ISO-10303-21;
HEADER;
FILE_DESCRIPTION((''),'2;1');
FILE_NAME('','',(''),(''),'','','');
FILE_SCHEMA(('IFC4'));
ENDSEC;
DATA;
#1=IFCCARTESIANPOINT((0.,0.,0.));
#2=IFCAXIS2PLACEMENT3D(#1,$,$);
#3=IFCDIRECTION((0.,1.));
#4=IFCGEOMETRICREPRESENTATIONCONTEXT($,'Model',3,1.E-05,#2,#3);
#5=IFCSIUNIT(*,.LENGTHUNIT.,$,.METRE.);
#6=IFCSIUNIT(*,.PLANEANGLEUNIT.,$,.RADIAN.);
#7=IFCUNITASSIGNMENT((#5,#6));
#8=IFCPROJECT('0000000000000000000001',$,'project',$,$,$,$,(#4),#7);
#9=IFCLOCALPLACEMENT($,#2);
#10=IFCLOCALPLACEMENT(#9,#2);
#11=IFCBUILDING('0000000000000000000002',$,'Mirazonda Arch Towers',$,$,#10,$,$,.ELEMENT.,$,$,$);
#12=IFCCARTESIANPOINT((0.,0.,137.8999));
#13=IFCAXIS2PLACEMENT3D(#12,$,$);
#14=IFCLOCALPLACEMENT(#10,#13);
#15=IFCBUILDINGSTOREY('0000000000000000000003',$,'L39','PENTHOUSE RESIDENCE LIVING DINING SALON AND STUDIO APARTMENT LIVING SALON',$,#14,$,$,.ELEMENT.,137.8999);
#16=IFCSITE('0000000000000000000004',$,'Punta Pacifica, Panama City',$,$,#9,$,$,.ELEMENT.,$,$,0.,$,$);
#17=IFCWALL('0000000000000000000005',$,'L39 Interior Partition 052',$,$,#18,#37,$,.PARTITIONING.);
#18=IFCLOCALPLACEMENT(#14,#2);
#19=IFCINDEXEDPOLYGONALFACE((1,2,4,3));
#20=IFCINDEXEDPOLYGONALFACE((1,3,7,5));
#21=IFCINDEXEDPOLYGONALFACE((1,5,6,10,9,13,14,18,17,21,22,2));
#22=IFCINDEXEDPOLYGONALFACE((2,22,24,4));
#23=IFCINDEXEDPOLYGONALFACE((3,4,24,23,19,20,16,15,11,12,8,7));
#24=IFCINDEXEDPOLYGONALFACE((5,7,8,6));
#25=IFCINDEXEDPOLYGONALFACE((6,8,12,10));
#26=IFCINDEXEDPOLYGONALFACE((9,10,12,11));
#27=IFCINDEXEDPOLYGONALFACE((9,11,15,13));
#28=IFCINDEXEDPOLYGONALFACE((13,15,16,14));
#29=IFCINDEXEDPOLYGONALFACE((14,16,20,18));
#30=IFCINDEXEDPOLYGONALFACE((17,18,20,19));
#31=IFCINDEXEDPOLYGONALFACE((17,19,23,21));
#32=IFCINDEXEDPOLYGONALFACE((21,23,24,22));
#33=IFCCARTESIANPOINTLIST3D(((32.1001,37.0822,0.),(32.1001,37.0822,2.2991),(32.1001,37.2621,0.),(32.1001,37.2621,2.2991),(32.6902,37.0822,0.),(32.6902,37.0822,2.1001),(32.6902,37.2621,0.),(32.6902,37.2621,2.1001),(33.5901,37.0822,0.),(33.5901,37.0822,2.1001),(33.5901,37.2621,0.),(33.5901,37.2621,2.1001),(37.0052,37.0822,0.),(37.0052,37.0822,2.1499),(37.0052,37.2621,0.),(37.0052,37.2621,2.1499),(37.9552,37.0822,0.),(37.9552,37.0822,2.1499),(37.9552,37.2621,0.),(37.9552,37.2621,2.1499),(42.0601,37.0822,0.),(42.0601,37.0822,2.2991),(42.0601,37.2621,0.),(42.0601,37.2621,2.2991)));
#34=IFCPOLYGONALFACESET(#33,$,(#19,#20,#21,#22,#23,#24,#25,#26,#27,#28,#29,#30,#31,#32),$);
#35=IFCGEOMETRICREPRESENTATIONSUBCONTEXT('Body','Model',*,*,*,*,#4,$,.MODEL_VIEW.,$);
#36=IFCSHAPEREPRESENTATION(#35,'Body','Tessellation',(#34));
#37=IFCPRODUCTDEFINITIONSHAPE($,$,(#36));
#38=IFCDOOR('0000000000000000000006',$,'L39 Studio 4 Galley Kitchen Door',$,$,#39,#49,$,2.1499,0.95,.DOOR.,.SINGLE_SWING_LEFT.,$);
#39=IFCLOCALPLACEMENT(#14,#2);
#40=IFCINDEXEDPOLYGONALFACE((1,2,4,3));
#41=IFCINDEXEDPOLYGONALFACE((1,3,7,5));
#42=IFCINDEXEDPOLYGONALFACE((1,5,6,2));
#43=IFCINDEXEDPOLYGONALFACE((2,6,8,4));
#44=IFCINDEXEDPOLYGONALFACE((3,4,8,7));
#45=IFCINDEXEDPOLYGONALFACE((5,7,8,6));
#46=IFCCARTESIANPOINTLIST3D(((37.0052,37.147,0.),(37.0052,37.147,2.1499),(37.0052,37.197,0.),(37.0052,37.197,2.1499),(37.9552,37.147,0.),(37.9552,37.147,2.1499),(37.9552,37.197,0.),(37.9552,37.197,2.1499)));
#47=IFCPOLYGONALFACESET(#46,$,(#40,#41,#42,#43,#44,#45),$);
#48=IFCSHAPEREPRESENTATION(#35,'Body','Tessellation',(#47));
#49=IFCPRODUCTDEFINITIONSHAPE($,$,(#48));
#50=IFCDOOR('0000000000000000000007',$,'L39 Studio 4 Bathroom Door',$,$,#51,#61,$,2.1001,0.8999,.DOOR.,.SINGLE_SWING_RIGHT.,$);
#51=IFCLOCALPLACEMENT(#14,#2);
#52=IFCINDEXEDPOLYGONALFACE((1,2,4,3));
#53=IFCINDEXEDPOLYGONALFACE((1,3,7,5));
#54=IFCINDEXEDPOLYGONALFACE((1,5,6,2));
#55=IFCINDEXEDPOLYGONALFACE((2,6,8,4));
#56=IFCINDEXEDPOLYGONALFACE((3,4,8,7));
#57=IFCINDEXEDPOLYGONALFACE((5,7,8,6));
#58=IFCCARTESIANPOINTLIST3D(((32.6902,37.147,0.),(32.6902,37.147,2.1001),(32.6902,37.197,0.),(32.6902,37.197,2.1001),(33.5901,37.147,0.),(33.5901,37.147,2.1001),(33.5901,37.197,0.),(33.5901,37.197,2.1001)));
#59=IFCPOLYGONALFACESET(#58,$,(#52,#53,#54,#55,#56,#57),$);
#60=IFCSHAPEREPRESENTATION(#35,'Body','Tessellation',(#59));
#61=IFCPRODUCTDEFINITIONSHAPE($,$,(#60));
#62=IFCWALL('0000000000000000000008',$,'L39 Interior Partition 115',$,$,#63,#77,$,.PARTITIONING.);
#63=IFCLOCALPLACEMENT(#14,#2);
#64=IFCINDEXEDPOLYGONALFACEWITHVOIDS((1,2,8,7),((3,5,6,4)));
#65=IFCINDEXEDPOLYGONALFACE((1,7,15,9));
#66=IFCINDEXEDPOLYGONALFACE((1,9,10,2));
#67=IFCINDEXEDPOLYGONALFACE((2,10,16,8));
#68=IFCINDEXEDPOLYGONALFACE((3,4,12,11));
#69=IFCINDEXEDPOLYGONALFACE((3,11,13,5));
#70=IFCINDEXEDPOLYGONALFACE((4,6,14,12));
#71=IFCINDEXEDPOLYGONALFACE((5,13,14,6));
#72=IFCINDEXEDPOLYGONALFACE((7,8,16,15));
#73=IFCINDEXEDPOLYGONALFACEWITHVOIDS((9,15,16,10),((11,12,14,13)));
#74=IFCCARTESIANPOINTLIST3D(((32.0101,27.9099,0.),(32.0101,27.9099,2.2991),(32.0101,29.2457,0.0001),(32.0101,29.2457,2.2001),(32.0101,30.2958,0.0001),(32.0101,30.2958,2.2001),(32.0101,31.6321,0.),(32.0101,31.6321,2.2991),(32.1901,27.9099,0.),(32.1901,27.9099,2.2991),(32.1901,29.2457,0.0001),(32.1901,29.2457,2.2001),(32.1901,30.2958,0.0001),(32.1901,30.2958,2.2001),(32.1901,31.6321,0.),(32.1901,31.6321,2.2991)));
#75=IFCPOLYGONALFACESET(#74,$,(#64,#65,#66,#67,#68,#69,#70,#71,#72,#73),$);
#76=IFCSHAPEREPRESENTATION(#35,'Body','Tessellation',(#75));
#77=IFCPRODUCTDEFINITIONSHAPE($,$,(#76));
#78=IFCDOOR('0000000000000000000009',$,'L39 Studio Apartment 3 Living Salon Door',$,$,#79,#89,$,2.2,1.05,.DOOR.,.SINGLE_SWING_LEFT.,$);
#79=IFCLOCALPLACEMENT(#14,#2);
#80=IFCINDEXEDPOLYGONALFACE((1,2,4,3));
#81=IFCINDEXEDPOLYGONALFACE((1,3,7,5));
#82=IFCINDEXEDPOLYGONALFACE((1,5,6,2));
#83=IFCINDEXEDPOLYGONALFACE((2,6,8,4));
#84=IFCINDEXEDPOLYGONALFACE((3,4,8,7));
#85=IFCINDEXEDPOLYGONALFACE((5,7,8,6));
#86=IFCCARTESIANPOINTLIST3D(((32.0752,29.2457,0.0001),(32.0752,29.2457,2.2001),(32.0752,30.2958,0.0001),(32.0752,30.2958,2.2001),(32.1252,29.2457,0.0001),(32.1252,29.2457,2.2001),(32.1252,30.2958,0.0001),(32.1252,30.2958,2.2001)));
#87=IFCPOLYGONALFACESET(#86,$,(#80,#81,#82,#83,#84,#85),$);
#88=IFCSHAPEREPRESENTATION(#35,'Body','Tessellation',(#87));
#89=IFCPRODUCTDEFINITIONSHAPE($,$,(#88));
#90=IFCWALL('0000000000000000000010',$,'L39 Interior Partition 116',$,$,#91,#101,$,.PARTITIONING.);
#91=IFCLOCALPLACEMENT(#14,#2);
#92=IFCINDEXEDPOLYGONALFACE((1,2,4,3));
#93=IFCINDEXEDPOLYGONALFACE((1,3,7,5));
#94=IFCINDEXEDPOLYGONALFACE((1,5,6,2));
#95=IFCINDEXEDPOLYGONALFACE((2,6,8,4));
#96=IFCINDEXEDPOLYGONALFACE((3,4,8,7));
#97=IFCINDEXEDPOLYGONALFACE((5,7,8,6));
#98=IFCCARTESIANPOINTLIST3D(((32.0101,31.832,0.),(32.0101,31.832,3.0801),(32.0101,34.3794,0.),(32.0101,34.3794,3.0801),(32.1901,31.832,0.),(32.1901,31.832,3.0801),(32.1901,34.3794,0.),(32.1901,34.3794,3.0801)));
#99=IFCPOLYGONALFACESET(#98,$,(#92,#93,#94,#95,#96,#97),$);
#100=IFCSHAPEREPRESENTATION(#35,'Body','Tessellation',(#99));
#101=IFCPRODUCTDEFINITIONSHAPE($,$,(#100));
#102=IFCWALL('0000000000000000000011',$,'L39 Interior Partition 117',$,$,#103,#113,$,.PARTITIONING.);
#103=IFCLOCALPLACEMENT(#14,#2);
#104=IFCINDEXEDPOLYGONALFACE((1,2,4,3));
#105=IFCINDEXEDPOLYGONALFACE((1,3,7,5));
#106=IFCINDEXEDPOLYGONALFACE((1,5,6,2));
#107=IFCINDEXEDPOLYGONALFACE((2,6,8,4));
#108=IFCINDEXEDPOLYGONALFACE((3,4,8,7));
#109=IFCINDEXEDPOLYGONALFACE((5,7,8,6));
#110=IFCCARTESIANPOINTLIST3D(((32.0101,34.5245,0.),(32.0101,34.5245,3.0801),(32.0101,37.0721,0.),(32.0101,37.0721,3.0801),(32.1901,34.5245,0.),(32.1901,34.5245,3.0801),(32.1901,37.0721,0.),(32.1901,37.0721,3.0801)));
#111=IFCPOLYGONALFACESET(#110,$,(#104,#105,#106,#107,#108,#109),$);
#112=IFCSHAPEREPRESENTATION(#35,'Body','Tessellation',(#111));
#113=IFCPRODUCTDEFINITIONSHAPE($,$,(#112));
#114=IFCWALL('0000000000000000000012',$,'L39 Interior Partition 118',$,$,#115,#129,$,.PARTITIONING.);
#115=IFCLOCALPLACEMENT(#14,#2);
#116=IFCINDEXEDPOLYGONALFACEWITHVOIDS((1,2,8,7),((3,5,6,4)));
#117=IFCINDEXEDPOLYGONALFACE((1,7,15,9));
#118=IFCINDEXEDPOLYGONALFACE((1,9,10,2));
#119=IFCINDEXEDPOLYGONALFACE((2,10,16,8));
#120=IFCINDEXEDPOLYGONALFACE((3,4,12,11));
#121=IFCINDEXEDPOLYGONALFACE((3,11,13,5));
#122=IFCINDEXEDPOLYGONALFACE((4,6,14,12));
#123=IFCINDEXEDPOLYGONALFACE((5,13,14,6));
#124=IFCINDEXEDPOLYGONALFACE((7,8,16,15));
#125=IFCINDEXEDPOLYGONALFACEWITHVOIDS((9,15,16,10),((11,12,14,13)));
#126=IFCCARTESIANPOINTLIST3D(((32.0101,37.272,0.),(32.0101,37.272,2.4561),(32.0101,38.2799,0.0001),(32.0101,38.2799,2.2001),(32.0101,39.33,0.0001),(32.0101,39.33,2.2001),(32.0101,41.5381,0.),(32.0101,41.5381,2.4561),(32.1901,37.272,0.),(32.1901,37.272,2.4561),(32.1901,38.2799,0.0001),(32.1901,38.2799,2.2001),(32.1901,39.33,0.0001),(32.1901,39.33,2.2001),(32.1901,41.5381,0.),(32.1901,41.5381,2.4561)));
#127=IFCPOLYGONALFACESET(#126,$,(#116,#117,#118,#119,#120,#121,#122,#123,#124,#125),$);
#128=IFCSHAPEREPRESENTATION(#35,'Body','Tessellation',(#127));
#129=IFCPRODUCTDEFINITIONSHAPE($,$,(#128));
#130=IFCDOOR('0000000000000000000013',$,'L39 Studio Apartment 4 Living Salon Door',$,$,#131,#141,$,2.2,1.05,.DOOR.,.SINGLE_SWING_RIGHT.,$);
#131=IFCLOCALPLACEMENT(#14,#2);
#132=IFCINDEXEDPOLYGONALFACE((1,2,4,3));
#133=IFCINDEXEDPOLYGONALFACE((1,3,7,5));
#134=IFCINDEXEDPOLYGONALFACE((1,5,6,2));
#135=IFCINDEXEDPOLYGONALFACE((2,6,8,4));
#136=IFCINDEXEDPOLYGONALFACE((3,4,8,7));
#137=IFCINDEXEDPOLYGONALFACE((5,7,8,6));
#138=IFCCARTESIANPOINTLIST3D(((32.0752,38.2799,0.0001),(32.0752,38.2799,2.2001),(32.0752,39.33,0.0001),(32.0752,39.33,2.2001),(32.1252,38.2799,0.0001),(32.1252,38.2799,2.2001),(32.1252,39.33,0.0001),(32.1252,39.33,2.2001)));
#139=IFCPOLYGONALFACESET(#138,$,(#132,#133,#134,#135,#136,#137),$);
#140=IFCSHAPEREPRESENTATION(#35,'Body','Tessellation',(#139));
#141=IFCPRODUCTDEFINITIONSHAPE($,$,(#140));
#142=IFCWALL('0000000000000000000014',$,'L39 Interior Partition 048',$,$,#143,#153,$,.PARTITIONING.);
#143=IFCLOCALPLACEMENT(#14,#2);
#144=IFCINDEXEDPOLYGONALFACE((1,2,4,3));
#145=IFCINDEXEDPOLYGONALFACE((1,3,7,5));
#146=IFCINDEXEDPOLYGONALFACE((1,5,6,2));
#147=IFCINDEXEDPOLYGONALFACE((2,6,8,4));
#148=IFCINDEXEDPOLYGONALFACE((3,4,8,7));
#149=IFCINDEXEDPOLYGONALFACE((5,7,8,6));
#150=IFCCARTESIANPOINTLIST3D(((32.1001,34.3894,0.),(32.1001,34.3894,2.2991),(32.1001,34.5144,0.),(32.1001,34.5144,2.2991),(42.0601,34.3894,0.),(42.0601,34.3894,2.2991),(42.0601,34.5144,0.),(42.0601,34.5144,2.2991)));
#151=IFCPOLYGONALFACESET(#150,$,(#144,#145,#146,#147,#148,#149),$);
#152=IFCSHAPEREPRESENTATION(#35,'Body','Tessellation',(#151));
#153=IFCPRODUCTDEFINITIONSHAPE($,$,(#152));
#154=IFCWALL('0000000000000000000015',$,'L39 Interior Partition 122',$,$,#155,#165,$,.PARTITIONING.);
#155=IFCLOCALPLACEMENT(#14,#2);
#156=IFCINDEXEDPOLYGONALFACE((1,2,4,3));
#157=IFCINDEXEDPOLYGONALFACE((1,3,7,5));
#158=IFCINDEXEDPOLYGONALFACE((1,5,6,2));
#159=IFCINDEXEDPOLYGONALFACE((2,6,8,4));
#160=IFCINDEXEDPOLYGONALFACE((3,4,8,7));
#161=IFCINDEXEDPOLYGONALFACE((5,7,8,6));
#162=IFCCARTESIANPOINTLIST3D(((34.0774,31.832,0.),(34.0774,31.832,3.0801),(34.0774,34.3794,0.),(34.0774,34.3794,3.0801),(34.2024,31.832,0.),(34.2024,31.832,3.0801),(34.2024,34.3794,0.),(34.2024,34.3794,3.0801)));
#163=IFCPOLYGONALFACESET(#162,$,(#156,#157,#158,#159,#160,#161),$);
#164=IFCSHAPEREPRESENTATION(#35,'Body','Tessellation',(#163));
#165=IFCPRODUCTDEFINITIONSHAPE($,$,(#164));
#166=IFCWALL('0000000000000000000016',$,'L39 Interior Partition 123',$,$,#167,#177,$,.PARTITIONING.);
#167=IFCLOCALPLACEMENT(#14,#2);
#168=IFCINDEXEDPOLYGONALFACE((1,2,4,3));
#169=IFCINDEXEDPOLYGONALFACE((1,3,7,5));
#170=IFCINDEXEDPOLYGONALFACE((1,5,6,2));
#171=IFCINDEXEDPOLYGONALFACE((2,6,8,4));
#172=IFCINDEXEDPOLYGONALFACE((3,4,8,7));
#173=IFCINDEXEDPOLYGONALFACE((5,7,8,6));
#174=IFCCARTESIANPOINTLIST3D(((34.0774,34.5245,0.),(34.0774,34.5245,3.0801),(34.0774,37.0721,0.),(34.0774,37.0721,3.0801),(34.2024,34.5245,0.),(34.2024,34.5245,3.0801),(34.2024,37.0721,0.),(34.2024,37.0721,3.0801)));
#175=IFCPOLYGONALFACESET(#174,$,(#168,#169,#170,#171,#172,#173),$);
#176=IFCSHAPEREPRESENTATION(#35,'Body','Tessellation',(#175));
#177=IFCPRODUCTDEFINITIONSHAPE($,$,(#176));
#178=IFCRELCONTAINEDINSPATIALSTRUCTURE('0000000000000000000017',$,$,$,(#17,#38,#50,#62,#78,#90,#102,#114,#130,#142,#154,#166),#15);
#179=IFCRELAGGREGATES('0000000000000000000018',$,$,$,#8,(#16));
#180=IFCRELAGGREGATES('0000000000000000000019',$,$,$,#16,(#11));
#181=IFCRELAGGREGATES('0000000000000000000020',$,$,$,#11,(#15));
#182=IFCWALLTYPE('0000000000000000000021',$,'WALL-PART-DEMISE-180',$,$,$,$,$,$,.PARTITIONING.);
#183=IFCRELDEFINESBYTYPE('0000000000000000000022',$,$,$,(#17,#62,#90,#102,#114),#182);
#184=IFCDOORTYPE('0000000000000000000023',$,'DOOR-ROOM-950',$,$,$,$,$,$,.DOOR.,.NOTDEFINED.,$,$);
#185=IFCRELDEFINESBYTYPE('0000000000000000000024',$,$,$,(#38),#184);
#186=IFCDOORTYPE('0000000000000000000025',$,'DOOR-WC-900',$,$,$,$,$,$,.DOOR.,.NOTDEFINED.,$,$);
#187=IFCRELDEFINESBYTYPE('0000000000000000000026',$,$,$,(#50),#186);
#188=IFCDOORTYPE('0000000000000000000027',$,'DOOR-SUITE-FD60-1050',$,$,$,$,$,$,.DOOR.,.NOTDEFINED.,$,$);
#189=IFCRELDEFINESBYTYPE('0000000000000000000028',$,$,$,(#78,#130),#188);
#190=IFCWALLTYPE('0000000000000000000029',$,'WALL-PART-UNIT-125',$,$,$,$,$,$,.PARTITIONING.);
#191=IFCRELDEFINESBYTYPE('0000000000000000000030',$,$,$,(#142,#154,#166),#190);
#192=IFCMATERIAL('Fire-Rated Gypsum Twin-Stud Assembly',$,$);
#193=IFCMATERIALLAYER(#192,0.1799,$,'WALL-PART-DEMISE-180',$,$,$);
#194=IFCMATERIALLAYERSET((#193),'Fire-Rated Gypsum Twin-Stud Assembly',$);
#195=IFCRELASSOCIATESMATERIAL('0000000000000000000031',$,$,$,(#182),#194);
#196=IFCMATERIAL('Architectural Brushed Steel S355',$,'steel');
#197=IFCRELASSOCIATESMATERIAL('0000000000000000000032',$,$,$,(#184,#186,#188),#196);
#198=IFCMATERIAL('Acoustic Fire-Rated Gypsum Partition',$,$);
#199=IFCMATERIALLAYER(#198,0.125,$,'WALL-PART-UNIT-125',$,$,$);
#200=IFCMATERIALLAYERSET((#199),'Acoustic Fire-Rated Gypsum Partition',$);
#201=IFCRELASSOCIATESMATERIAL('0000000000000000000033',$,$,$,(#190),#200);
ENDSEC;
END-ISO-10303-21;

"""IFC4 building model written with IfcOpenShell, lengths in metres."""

from ifc_helpers import new_model, si_unit, direction, frame, frame_2d, origin, place, context, subcontext, project, spatial, rectangle, extrude, material, layer, layer_set, type_object, element, fill, save


model = new_model("IFC4")

# Units and contexts
model_context = context("Model", 3, precision=1e-05, world=origin(), true_north=direction((0.0, 1.0)))
body_context = subcontext(model_context, "Body", "Model", "MODEL_VIEW")
ifc_project = project(units=[si_unit("LENGTHUNIT", "METRE"), si_unit("PLANEANGLEUNIT", "RADIAN")], contexts=[model_context])

# Site, building, storey
site_placement = place(None, origin())
site = spatial("IfcSite", under=ifc_project, at=site_placement, Name="Punta Pacifica, Panama City", CompositionType="ELEMENT", RefElevation=0.0)
building_placement = place(site_placement, origin())
building = spatial("IfcBuilding", under=site, at=building_placement, Name="Mirazonda Arch Towers", CompositionType="ELEMENT")
storey_placement = place(building_placement, frame((0.0, 0.0, 137.8999)))
storey = spatial("IfcBuildingStorey", under=building, at=storey_placement, Name="L39", Description="PENTHOUSE RESIDENCE LIVING DINING SALON AND STUDIO APARTMENT LIVING SALON", CompositionType="ELEMENT", Elevation=137.8999)

# Shared definitions
ifc_material_1 = material(Name="Fire-Rated Gypsum Twin-Stud Assembly")
ifc_layer_1 = layer(ifc_material_1, 0.1799, Name="WALL-PART-DEMISE-180")
ifc_layer_set_1 = layer_set([ifc_layer_1], Name="Fire-Rated Gypsum Twin-Stud Assembly")
wall_type_1 = type_object("IfcWallType", Name="WALL-PART-DEMISE-180", PredefinedType="PARTITIONING", material=ifc_layer_set_1)

# Wall, openings, doors
ifc_material_2 = material(Name="Architectural Brushed Steel S355", Category="steel")
door_type_1 = type_object("IfcDoorType", Name="DOOR-ROOM-950", OperationType="NOTDEFINED", PredefinedType="DOOR", material=ifc_material_2)
door_type_2 = type_object("IfcDoorType", Name="DOOR-WC-900", OperationType="NOTDEFINED", PredefinedType="DOOR", material=ifc_material_2)
wall_1_placement = place(storey_placement, frame((32.1001, 37.1721, 0.0), z_axis=(0.0, 0.0, 1.0), x_axis=(1.0, 0.0, 0.0)))
wall_1 = element("IfcWall", 1, at=wall_1_placement, inside=storey, type_object=wall_type_1, Name="L39 Interior Partition 052", PredefinedType="PARTITIONING", context=body_context, shape_type="SweptSolid", body=[
    extrude(rectangle(XDim=9.96, YDim=0.1799, at=frame_2d((4.98, 0.0))), origin(), (0.0, 0.0, 1.0), 2.2991),
])
opening_1_placement = place(wall_1_placement, frame((4.905, 0.0, 0.0)))
opening_1 = element("IfcOpeningElement", 2, at=opening_1_placement, cuts=wall_1, PredefinedType="OPENING", context=body_context, shape_type="SweptSolid", body=[
    extrude(rectangle(XDim=0.95, YDim=2.1499, at=frame_2d((0.4751, 1.075))), frame((0.0, 0.0999, 0.0), z_axis=(0.0, -1.0, 0.0), x_axis=(1.0, 0.0, 0.0)), (0.0, 0.0, 1.0), 0.2),
])
opening_2_placement = place(wall_1_placement, frame((0.5901, 0.0, 0.0)))
opening_2 = element("IfcOpeningElement", 3, at=opening_2_placement, cuts=wall_1, PredefinedType="OPENING", context=body_context, shape_type="SweptSolid", body=[
    extrude(rectangle(XDim=0.8999, YDim=2.1001, at=frame_2d((0.45, 1.05))), frame((0.0, 0.0999, 0.0), z_axis=(0.0, -1.0, 0.0), x_axis=(1.0, 0.0, 0.0)), (0.0, 0.0, 1.0), 0.2),
])
door_1_placement = place(opening_1_placement, origin())
door_1 = element("IfcDoor", 4, at=door_1_placement, inside=storey, type_object=door_type_1, Name="L39 Studio 4 Galley Kitchen Door", OperationType="SINGLE_SWING_LEFT", OverallHeight=2.1499, OverallWidth=0.95, PredefinedType="DOOR", context=body_context, shape_type="SweptSolid", body=[
    extrude(rectangle(XDim=0.95, YDim=2.1499, at=frame_2d((0.4751, 1.075))), frame((0.0, 0.0249, 0.0), z_axis=(0.0, -1.0, 0.0), x_axis=(1.0, 0.0, 0.0)), (0.0, 0.0, 1.0), 0.05),
])
fill(opening_1, door_1)
door_2_placement = place(opening_2_placement, origin())
door_2 = element("IfcDoor", 5, at=door_2_placement, inside=storey, type_object=door_type_2, Name="L39 Studio 4 Bathroom Door", OperationType="SINGLE_SWING_RIGHT", OverallHeight=2.1001, OverallWidth=0.8999, PredefinedType="DOOR", context=body_context, shape_type="SweptSolid", body=[
    extrude(rectangle(XDim=0.8999, YDim=2.1001, at=frame_2d((0.45, 1.05))), frame((0.0, 0.0249, 0.0), z_axis=(0.0, -1.0, 0.0), x_axis=(1.0, 0.0, 0.0)), (0.0, 0.0, 1.0), 0.05),
])
fill(opening_2, door_2)

# Wall, opening, door
wall_2_placement = place(storey_placement, frame((32.1001, 27.9099, 0.0), z_axis=(0.0, 0.0, 1.0), x_axis=(0.0, 1.0, 0.0)))
wall_2 = element("IfcWall", 6, at=wall_2_placement, inside=storey, type_object=wall_type_1, Name="L39 Interior Partition 115", PredefinedType="PARTITIONING", context=body_context, shape_type="SweptSolid", body=[
    extrude(rectangle(XDim=3.7222, YDim=0.1799, at=frame_2d((1.8611, 0.0))), origin(), (0.0, 0.0, 1.0), 2.2991),
])
opening_3_placement = place(wall_2_placement, frame((1.3359, 0.0, 0.0)))
opening_3 = element("IfcOpeningElement", 7, at=opening_3_placement, cuts=wall_2, PredefinedType="OPENING", context=body_context, shape_type="SweptSolid", body=[
    extrude(rectangle(XDim=1.05, YDim=2.2, at=frame_2d((0.5249, 1.1001))), frame((0.0, 0.0999, 0.0), z_axis=(0.0, -1.0, 0.0), x_axis=(1.0, 0.0, 0.0)), (0.0, 0.0, 1.0), 0.2),
])
door_type_3 = type_object("IfcDoorType", Name="DOOR-SUITE-FD60-1050", OperationType="NOTDEFINED", PredefinedType="DOOR", material=ifc_material_2)
door_3_placement = place(opening_3_placement, origin())
door_3 = element("IfcDoor", 8, at=door_3_placement, inside=storey, type_object=door_type_3, Name="L39 Studio Apartment 3 Living Salon Door", OperationType="SINGLE_SWING_LEFT", OverallHeight=2.2, OverallWidth=1.05, PredefinedType="DOOR", context=body_context, shape_type="SweptSolid", body=[
    extrude(rectangle(XDim=1.05, YDim=2.2, at=frame_2d((0.5249, 1.1001))), frame((0.0, 0.0249, 0.0), z_axis=(0.0, -1.0, 0.0), x_axis=(1.0, 0.0, 0.0)), (0.0, 0.0, 1.0), 0.05),
])
fill(opening_3, door_3)

# Walls
wall_3_placement = place(storey_placement, frame((32.1001, 31.832, 0.0), z_axis=(0.0, 0.0, 1.0), x_axis=(0.0, 1.0, 0.0)))
element("IfcWall", 9, at=wall_3_placement, inside=storey, type_object=wall_type_1, Name="L39 Interior Partition 116", PredefinedType="PARTITIONING", context=body_context, shape_type="SweptSolid", body=[
    extrude(rectangle(XDim=2.5474, YDim=0.1799, at=frame_2d((1.2737, 0.0))), origin(), (0.0, 0.0, 1.0), 3.0801),
])
wall_4_placement = place(storey_placement, frame((32.1001, 34.5244, 0.0), z_axis=(0.0, 0.0, 1.0), x_axis=(0.0, 1.0, 0.0)))
element("IfcWall", 10, at=wall_4_placement, inside=storey, type_object=wall_type_1, Name="L39 Interior Partition 117", PredefinedType="PARTITIONING", context=body_context, shape_type="SweptSolid", body=[
    extrude(rectangle(XDim=2.5476, YDim=0.1799, at=frame_2d((1.2739, 0.0))), origin(), (0.0, 0.0, 1.0), 3.0801),
])

# Wall, opening, door
wall_5_placement = place(storey_placement, frame((32.1001, 37.272, 0.0), z_axis=(0.0, 0.0, 1.0), x_axis=(0.0, 1.0, 0.0)))
wall_5 = element("IfcWall", 11, at=wall_5_placement, inside=storey, type_object=wall_type_1, Name="L39 Interior Partition 118", PredefinedType="PARTITIONING", context=body_context, shape_type="SweptSolid", body=[
    extrude(rectangle(XDim=4.2661, YDim=0.1799, at=frame_2d((2.1331, 0.0))), origin(), (0.0, 0.0, 1.0), 2.4561),
])
opening_4_placement = place(wall_5_placement, frame((1.0081, 0.0, 0.0)))
opening_4 = element("IfcOpeningElement", 12, at=opening_4_placement, cuts=wall_5, PredefinedType="OPENING", context=body_context, shape_type="SweptSolid", body=[
    extrude(rectangle(XDim=1.05, YDim=2.2, at=frame_2d((0.5249, 1.1001))), frame((0.0, 0.0999, 0.0), z_axis=(0.0, -1.0, 0.0), x_axis=(1.0, 0.0, 0.0)), (0.0, 0.0, 1.0), 0.2),
])
door_4_placement = place(opening_4_placement, origin())
door_4 = element("IfcDoor", 13, at=door_4_placement, inside=storey, type_object=door_type_3, Name="L39 Studio Apartment 4 Living Salon Door", OperationType="SINGLE_SWING_RIGHT", OverallHeight=2.2, OverallWidth=1.05, PredefinedType="DOOR", context=body_context, shape_type="SweptSolid", body=[
    extrude(rectangle(XDim=1.05, YDim=2.2, at=frame_2d((0.5249, 1.1001))), frame((0.0, 0.0249, 0.0), z_axis=(0.0, -1.0, 0.0), x_axis=(1.0, 0.0, 0.0)), (0.0, 0.0, 1.0), 0.05),
])
fill(opening_4, door_4)

# Walls
ifc_material_3 = material(Name="Acoustic Fire-Rated Gypsum Partition")
ifc_layer_2 = layer(ifc_material_3, 0.125, Name="WALL-PART-UNIT-125")
ifc_layer_set_2 = layer_set([ifc_layer_2], Name="Acoustic Fire-Rated Gypsum Partition")
wall_type_2 = type_object("IfcWallType", Name="WALL-PART-UNIT-125", PredefinedType="PARTITIONING", material=ifc_layer_set_2)
wall_6_placement = place(storey_placement, frame((32.1001, 34.4519, 0.0), z_axis=(0.0, 0.0, 1.0), x_axis=(1.0, 0.0, 0.0)))
element("IfcWall", 14, at=wall_6_placement, inside=storey, type_object=wall_type_2, Name="L39 Interior Partition 048", PredefinedType="PARTITIONING", context=body_context, shape_type="SweptSolid", body=[
    extrude(rectangle(XDim=9.96, YDim=0.125, at=frame_2d((4.98, 0.0))), origin(), (0.0, 0.0, 1.0), 2.2991),
])
wall_7_placement = place(storey_placement, frame((34.1399, 31.832, 0.0), z_axis=(0.0, 0.0, 1.0), x_axis=(0.0, 1.0, 0.0)))
element("IfcWall", 15, at=wall_7_placement, inside=storey, type_object=wall_type_2, Name="L39 Interior Partition 122", PredefinedType="PARTITIONING", context=body_context, shape_type="SweptSolid", body=[
    extrude(rectangle(XDim=2.5474, YDim=0.125, at=frame_2d((1.2737, 0.0))), origin(), (0.0, 0.0, 1.0), 3.0801),
])
wall_8_placement = place(storey_placement, frame((34.1399, 34.5244, 0.0), z_axis=(0.0, 0.0, 1.0), x_axis=(0.0, 1.0, 0.0)))
element("IfcWall", 16, at=wall_8_placement, inside=storey, type_object=wall_type_2, Name="L39 Interior Partition 123", PredefinedType="PARTITIONING", context=body_context, shape_type="SweptSolid", body=[
    extrude(rectangle(XDim=2.5476, YDim=0.125, at=frame_2d((1.2739, 0.0))), origin(), (0.0, 0.0, 1.0), 3.0801),
])

save(model, "model.ifc")
